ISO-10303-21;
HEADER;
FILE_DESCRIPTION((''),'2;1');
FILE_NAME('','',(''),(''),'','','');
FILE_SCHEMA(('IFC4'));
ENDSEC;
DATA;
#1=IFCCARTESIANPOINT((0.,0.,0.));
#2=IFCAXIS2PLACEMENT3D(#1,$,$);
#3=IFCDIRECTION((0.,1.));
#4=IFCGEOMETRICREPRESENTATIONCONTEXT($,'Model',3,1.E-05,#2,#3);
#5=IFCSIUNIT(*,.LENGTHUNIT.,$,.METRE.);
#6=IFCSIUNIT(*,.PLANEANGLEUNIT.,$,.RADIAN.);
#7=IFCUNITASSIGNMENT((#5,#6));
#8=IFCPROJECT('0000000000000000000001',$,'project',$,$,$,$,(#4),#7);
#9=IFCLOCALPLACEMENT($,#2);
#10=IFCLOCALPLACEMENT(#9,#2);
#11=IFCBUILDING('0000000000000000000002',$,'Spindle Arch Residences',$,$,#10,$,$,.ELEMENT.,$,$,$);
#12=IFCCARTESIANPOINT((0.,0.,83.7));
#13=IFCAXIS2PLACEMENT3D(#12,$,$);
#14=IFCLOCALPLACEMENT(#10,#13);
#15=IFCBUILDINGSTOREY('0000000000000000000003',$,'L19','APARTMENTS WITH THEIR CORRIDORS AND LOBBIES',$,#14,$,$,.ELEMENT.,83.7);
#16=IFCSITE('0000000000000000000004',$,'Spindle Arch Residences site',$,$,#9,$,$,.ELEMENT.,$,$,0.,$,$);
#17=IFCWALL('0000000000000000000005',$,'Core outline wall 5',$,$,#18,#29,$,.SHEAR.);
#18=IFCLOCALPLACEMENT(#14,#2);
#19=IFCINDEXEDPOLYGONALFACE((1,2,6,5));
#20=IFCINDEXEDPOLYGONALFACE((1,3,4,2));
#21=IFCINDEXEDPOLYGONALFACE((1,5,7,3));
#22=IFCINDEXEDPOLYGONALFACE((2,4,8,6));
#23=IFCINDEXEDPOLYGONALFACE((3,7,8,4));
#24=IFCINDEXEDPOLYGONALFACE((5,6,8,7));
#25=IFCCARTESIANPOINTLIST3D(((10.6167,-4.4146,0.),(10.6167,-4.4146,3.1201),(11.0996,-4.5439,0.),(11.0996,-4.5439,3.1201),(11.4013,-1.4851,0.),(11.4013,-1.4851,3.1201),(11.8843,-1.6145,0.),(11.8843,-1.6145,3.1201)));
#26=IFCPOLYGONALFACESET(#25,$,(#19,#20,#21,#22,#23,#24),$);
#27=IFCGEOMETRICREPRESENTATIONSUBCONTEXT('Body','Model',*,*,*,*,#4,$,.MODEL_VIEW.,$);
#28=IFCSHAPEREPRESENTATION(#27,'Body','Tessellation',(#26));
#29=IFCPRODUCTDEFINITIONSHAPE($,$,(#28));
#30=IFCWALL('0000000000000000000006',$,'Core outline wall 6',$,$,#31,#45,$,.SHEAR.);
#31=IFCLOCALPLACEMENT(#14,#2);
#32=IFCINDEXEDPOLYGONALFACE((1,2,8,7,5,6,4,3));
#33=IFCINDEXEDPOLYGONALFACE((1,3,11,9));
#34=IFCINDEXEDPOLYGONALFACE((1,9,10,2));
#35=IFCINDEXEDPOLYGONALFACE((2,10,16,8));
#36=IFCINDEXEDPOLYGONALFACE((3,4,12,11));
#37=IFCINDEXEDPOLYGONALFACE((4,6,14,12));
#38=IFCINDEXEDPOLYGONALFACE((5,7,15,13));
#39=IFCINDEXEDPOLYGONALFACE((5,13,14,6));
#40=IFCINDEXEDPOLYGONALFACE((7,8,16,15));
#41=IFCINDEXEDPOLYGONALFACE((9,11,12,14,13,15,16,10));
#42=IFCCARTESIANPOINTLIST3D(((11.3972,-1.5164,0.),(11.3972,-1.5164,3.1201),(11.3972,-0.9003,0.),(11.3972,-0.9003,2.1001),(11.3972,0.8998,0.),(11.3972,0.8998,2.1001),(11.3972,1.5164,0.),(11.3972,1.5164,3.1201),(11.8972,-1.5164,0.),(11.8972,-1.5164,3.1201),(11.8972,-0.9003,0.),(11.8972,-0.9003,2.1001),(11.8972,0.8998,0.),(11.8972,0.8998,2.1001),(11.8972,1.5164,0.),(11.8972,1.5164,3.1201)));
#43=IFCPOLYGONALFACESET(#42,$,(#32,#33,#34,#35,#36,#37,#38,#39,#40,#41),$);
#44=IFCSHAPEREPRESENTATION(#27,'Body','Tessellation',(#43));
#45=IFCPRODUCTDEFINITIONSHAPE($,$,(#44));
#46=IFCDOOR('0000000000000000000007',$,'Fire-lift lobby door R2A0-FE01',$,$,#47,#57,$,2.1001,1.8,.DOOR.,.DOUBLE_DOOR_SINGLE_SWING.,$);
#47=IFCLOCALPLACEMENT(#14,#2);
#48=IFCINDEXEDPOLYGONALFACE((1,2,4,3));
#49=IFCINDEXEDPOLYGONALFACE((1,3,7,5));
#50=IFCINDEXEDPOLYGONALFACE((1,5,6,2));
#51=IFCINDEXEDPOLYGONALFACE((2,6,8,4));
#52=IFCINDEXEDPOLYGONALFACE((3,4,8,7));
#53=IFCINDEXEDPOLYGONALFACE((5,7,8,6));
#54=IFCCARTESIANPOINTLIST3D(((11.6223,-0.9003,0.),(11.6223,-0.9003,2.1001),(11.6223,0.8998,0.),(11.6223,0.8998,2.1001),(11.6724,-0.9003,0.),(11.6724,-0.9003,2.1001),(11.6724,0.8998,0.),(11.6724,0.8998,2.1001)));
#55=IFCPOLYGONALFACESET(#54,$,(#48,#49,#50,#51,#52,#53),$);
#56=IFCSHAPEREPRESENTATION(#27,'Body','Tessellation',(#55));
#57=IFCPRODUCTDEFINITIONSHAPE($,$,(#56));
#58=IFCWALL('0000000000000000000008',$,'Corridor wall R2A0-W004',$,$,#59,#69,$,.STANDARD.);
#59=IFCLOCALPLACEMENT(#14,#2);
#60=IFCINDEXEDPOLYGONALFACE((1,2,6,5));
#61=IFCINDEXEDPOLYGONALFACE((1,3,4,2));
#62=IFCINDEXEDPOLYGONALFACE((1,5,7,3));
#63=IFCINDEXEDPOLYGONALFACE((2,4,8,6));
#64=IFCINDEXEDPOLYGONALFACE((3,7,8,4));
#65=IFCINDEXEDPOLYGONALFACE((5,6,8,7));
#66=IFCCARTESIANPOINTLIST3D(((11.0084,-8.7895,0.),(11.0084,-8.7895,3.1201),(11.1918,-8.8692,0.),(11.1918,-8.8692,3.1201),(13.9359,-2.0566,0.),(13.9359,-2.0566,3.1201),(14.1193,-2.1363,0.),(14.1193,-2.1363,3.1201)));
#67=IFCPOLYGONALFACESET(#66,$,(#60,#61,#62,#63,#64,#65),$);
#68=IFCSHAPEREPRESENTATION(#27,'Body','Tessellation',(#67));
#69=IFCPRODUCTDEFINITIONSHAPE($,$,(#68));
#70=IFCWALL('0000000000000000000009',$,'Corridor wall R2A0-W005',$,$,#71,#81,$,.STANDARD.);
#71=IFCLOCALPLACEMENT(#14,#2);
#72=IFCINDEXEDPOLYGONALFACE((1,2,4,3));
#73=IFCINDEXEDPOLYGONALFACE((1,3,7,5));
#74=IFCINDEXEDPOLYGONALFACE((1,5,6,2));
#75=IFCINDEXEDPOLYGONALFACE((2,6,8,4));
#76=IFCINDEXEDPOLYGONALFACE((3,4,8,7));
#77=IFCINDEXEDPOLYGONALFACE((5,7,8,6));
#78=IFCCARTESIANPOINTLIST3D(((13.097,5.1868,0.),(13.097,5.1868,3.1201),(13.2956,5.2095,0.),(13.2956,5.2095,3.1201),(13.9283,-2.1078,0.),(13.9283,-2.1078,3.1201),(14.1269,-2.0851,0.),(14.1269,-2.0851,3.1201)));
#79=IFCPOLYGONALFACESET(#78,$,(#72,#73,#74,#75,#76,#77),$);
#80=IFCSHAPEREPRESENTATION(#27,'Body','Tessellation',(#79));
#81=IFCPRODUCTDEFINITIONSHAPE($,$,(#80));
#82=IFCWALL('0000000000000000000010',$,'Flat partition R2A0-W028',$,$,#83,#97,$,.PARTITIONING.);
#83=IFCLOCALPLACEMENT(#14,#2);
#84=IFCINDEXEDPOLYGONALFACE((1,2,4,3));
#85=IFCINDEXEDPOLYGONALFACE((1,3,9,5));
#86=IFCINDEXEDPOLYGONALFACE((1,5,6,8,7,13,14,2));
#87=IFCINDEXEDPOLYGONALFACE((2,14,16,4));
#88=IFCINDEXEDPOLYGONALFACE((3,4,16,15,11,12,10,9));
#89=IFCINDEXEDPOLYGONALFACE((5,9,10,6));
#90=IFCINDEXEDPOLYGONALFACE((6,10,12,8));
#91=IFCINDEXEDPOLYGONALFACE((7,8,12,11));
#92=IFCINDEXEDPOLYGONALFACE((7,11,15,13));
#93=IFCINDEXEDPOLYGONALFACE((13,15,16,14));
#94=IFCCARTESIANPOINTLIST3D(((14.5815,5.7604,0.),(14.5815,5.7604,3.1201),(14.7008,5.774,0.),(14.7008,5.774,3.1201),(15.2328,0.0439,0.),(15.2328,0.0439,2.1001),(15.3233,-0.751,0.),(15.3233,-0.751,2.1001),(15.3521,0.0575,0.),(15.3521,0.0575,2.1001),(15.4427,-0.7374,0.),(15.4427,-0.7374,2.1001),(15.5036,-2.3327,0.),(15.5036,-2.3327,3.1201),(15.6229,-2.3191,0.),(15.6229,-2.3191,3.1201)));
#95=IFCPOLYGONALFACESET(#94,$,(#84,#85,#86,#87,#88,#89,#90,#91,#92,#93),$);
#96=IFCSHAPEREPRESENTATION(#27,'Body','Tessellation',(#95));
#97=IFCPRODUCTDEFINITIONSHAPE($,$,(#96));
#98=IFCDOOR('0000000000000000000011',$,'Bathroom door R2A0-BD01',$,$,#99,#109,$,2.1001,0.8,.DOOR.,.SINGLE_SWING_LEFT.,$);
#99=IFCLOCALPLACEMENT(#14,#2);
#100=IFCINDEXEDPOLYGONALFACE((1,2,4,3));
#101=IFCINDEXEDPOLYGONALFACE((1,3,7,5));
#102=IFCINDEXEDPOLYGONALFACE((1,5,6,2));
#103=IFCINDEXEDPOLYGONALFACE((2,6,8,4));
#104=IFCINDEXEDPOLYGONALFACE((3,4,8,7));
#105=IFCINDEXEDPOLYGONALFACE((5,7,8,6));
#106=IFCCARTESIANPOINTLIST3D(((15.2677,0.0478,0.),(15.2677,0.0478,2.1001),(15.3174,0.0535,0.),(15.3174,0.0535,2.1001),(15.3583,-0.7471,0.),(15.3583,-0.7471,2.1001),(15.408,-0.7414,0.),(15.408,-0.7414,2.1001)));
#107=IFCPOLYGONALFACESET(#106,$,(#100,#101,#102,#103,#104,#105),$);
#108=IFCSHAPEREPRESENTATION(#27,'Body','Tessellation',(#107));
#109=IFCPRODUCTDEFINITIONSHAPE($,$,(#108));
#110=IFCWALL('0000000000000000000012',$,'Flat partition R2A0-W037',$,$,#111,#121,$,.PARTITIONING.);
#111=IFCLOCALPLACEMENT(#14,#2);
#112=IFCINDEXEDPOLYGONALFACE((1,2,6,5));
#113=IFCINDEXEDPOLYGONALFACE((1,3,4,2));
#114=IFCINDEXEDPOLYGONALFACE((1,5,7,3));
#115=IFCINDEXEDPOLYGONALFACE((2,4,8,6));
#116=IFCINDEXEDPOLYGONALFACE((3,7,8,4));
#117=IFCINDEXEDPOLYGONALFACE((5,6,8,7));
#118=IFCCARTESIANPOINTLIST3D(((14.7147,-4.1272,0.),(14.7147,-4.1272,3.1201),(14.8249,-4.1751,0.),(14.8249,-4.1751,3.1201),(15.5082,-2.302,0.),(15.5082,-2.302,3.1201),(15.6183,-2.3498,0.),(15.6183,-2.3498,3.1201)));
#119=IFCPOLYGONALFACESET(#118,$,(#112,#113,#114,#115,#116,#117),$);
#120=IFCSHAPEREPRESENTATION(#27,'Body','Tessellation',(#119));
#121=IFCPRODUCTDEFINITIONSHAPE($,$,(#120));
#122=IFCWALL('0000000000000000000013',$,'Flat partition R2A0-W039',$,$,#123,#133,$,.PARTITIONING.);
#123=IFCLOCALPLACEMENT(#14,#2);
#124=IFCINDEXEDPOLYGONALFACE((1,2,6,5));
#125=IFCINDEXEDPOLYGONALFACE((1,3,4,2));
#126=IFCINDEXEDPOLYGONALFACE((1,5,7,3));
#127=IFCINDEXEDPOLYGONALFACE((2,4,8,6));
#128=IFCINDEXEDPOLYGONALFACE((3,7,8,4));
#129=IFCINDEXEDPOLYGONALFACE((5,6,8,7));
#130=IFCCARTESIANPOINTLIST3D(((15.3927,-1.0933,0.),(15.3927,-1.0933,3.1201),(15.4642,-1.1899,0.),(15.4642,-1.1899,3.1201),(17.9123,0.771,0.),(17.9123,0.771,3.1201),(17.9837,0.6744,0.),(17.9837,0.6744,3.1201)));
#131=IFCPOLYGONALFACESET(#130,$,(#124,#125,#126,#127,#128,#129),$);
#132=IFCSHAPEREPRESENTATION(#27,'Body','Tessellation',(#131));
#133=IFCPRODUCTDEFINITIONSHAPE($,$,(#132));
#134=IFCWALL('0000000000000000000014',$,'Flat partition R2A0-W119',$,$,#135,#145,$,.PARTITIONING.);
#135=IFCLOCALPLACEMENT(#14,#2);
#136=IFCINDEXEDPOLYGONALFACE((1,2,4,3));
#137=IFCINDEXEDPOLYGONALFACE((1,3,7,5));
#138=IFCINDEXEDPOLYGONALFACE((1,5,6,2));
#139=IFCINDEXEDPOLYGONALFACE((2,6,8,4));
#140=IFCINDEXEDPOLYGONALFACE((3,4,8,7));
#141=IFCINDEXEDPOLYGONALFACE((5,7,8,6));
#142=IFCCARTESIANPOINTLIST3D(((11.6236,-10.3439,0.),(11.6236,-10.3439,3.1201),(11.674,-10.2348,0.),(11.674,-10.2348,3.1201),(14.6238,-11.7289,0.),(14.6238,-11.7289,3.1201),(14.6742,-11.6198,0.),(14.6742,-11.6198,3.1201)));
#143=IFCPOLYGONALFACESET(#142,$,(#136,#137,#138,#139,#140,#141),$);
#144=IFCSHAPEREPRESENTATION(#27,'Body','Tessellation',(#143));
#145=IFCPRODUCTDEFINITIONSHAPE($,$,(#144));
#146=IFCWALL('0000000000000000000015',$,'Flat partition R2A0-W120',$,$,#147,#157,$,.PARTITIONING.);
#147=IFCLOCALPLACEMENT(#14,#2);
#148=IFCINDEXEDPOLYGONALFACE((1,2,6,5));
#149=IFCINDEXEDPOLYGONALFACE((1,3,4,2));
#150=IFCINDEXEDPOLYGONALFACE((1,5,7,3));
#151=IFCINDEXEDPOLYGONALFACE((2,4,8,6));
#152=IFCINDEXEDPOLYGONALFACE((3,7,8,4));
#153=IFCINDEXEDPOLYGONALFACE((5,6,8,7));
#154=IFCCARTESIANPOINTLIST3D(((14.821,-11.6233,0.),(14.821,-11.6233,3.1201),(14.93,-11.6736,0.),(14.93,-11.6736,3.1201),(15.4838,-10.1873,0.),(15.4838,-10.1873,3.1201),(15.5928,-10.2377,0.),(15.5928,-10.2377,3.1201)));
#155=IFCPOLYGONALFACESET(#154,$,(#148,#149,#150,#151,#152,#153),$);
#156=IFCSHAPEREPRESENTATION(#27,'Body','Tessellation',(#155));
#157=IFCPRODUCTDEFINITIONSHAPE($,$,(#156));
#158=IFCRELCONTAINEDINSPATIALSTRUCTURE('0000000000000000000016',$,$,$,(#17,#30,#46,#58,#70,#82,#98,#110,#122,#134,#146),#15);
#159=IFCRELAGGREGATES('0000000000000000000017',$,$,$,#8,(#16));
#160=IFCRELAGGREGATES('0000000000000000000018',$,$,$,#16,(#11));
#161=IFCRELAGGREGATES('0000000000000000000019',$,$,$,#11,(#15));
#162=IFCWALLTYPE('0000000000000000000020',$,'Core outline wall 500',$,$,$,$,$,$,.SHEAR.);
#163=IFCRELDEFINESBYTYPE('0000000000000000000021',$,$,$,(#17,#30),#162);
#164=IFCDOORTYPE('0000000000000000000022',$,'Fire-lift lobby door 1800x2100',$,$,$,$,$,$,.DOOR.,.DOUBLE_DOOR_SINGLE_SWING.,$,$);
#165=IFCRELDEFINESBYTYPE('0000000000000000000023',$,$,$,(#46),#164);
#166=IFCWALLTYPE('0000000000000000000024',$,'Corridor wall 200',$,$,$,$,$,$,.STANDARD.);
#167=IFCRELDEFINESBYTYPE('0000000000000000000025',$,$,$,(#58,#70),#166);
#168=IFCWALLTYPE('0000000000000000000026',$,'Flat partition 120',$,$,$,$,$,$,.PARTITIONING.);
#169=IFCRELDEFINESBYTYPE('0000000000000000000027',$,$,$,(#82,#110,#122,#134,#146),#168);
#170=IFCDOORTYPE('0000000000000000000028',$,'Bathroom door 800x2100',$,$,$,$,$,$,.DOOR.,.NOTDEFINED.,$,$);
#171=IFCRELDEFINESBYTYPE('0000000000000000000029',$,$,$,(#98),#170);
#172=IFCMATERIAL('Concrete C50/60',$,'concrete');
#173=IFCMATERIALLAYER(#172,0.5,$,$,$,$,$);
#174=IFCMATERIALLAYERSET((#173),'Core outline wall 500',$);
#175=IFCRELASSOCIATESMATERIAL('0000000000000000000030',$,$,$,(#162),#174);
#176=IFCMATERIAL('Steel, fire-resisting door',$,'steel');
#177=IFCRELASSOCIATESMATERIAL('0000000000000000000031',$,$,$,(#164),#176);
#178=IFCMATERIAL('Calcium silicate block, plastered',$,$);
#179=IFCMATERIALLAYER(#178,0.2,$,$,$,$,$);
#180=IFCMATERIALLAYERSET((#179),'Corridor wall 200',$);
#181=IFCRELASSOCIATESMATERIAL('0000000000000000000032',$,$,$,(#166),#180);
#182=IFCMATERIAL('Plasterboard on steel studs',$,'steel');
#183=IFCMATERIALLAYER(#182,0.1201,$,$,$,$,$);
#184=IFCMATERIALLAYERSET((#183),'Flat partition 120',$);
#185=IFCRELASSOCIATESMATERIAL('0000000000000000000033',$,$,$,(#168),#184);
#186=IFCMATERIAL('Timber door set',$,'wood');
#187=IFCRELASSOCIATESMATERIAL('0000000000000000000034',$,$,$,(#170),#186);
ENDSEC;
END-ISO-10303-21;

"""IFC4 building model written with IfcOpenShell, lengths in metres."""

from ifc_helpers import new_model, si_unit, direction, frame, frame_2d, origin, place, context, subcontext, project, spatial, rectangle, extrude, material, layer, layer_set, type_object, element, fill, save


model = new_model("IFC4")

# Units and contexts
model_context = context("Model", 3, precision=1e-05, world=origin(), true_north=direction((0.0, 1.0)))
body_context = subcontext(model_context, "Body", "Model", "MODEL_VIEW")
ifc_project = project(units=[si_unit("LENGTHUNIT", "METRE"), si_unit("PLANEANGLEUNIT", "RADIAN")], contexts=[model_context])

# Site, building, storey
site_placement = place(None, origin())
site = spatial("IfcSite", under=ifc_project, at=site_placement, Name="Spindle Arch Residences site", CompositionType="ELEMENT", RefElevation=0.0)
building_placement = place(site_placement, origin())
building = spatial("IfcBuilding", under=site, at=building_placement, Name="Spindle Arch Residences", CompositionType="ELEMENT")
storey_placement = place(building_placement, frame((0.0, 0.0, 83.7)))
storey = spatial("IfcBuildingStorey", under=building, at=storey_placement, Name="L19", Description="APARTMENTS WITH THEIR CORRIDORS AND LOBBIES", CompositionType="ELEMENT", Elevation=83.7)

# Wall
ifc_material_1 = material(Name="Concrete C50/60", Category="concrete")
ifc_layer_1 = layer(ifc_material_1, 0.5)
ifc_layer_set_1 = layer_set([ifc_layer_1], Name="Core outline wall 500")
wall_type_1 = type_object("IfcWallType", Name="Core outline wall 500", PredefinedType="SHEAR", material=ifc_layer_set_1)
wall_1_placement = place(storey_placement, frame((10.8582, -4.4792, 0.0), z_axis=(0.0, 0.0, 1.0), x_axis=(0.258735, 0.965948, 0.0)))
element("IfcWall", 1, at=wall_1_placement, inside=storey, type_object=wall_type_1, Name="Core outline wall 5", PredefinedType="SHEAR", context=body_context, shape_type="SweptSolid", body=[
    extrude(rectangle(XDim=3.0327, YDim=0.5, at=frame_2d((1.5164, 0.0))), origin(), (0.0, 0.0, 1.0), 3.1201),
])

# Wall, opening, door
wall_2_placement = place(storey_placement, frame((11.6472, -1.5164, 0.0), z_axis=(0.0, 0.0, 1.0), x_axis=(0.0, 1.0, 0.0)))
wall_2 = element("IfcWall", 2, at=wall_2_placement, inside=storey, type_object=wall_type_1, Name="Core outline wall 6", PredefinedType="SHEAR", context=body_context, shape_type="SweptSolid", body=[
    extrude(rectangle(XDim=3.0327, YDim=0.5, at=frame_2d((1.5164, 0.0))), origin(), (0.0, 0.0, 1.0), 3.1201),
])
opening_1_placement = place(wall_2_placement, frame((0.6162, 0.0, 0.0)))
opening_1 = element("IfcOpeningElement", 3, at=opening_1_placement, cuts=wall_2, PredefinedType="OPENING", context=body_context, shape_type="SweptSolid", body=[
    extrude(rectangle(XDim=1.8, YDim=2.1001, at=frame_2d((0.8999, 1.05))), frame((0.0, 0.26, 0.0), z_axis=(0.0, -1.0, 0.0), x_axis=(1.0, 0.0, 0.0)), (0.0, 0.0, 1.0), 0.52),
])
ifc_material_2 = material(Name="Steel, fire-resisting door", Category="steel")
door_type_1 = type_object("IfcDoorType", Name="Fire-lift lobby door 1800x2100", OperationType="DOUBLE_DOOR_SINGLE_SWING", PredefinedType="DOOR", material=ifc_material_2)
door_1_placement = place(opening_1_placement, origin())
door_1 = element("IfcDoor", 4, at=door_1_placement, inside=storey, type_object=door_type_1, Name="Fire-lift lobby door R2A0-FE01", OperationType="DOUBLE_DOOR_SINGLE_SWING", OverallHeight=2.1001, OverallWidth=1.8, PredefinedType="DOOR", context=body_context, shape_type="SweptSolid", body=[
    extrude(rectangle(XDim=1.8, YDim=2.1001, at=frame_2d((0.8999, 1.05))), frame((0.0, 0.0249, 0.0), z_axis=(0.0, -1.0, 0.0), x_axis=(1.0, 0.0, 0.0)), (0.0, 0.0, 1.0), 0.05),
])
fill(opening_1, door_1)

# Walls
ifc_material_3 = material(Name="Calcium silicate block, plastered")
ifc_layer_2 = layer(ifc_material_3, 0.2)
ifc_layer_set_2 = layer_set([ifc_layer_2], Name="Corridor wall 200")
wall_type_2 = type_object("IfcWallType", Name="Corridor wall 200", PredefinedType="STANDARD", material=ifc_layer_set_2)
for number, where, z_axis, x_axis, name in (
    (5, (11.1001, -8.8293, 0.0), (0.0, 0.0, 1.0), (0.398742, 0.917063, 0.0), "Corridor wall R2A0-W004"),
    (6, (14.0276, -2.0964, 0.0), (0.0, 0.0, 1.0), (-0.113227, 0.993569, 0.0), "Corridor wall R2A0-W005"),
):
    element("IfcWall", number, at=place(storey_placement, frame(where, z_axis=z_axis, x_axis=x_axis)), inside=storey, type_object=wall_type_2, Name=name, PredefinedType="STANDARD", context=body_context, shape_type="SweptSolid", body=[
        extrude(rectangle(XDim=7.3418, YDim=0.2, at=frame_2d((3.6709, 0.0))), origin(), (0.0, 0.0, 1.0), 3.1201),
    ])

# Wall, opening, door
ifc_material_4 = material(Name="Plasterboard on steel studs", Category="steel")
ifc_layer_3 = layer(ifc_material_4, 0.1201)
ifc_layer_set_3 = layer_set([ifc_layer_3], Name="Flat partition 120")
wall_type_3 = type_object("IfcWallType", Name="Flat partition 120", PredefinedType="PARTITIONING", material=ifc_layer_set_3)
wall_3_placement = place(storey_placement, frame((15.5632, -2.3259, 0.0), z_axis=(0.0, 0.0, 1.0), x_axis=(-0.113204, 0.993572, 0.0)))
wall_3 = element("IfcWall", 7, at=wall_3_placement, inside=storey, type_object=wall_type_3, Name="Flat partition R2A0-W028", PredefinedType="PARTITIONING", context=body_context, shape_type="SweptSolid", body=[
    extrude(rectangle(XDim=8.1455, YDim=0.1201, at=frame_2d((4.0728, 0.0))), origin(), (0.0, 0.0, 1.0), 3.1201),
])
opening_2_placement = place(wall_3_placement, frame((1.592, 0.0, 0.0)))
opening_2 = element("IfcOpeningElement", 8, at=opening_2_placement, cuts=wall_3, PredefinedType="OPENING", context=body_context, shape_type="SweptSolid", body=[
    extrude(rectangle(XDim=0.8, YDim=2.1001, at=frame_2d((0.3999, 1.05))), frame((0.0, 0.0701, 0.0), z_axis=(0.0, -1.0, 0.0), x_axis=(1.0, 0.0, 0.0)), (0.0, 0.0, 1.0), 0.1401),
])
ifc_material_5 = material(Name="Timber door set", Category="wood")
door_type_2 = type_object("IfcDoorType", Name="Bathroom door 800x2100", OperationType="NOTDEFINED", PredefinedType="DOOR", material=ifc_material_5)
door_2_placement = place(opening_2_placement, origin())
door_2 = element("IfcDoor", 9, at=door_2_placement, inside=storey, type_object=door_type_2, Name="Bathroom door R2A0-BD01", OperationType="SINGLE_SWING_LEFT", OverallHeight=2.1001, OverallWidth=0.8, PredefinedType="DOOR", context=body_context, shape_type="SweptSolid", body=[
    extrude(rectangle(XDim=0.8, YDim=2.1001, at=frame_2d((0.3999, 1.05))), frame((0.0, 0.0249, 0.0), z_axis=(0.0, -1.0, 0.0), x_axis=(1.0, 0.0, 0.0)), (0.0, 0.0, 1.0), 0.05),
])
fill(opening_2, door_2)

# Walls
wall_4_placement = place(storey_placement, frame((14.7698, -4.1511, 0.0), z_axis=(0.0, 0.0, 1.0), x_axis=(0.398681, 0.91709, 0.0)))
element("IfcWall", 10, at=wall_4_placement, inside=storey, type_object=wall_type_3, Name="Flat partition R2A0-W037", PredefinedType="PARTITIONING", context=body_context, shape_type="SweptSolid", body=[
    extrude(rectangle(XDim=1.9902, YDim=0.1201, at=frame_2d((0.9951, 0.0))), origin(), (0.0, 0.0, 1.0), 3.1201),
])
wall_5_placement = place(storey_placement, frame((15.4285, -1.1416, 0.0), z_axis=(0.0, 0.0, 1.0), x_axis=(0.803872, 0.594803, 0.0)))
element("IfcWall", 11, at=wall_5_placement, inside=storey, type_object=wall_type_3, Name="Flat partition R2A0-W039", PredefinedType="PARTITIONING", context=body_context, shape_type="SweptSolid", body=[
    extrude(rectangle(XDim=3.1343, YDim=0.1201, at=frame_2d((1.5671, 0.0))), origin(), (0.0, 0.0, 1.0), 3.1201),
])
wall_6_placement = place(storey_placement, frame((11.6487, -10.2893, 0.0), z_axis=(0.0, 0.0, 1.0), x_axis=(0.907927, -0.419128, 0.0)))
element("IfcWall", 12, at=wall_6_placement, inside=storey, type_object=wall_type_3, Name="Flat partition R2A0-W119", PredefinedType="PARTITIONING", context=body_context, shape_type="SweptSolid", body=[
    extrude(rectangle(XDim=3.3044, YDim=0.1201, at=frame_2d((1.6523, 0.0))), origin(), (0.0, 0.0, 1.0), 3.1201),
])
wall_7_placement = place(storey_placement, frame((14.8755, -11.6484, 0.0), z_axis=(0.0, 0.0, 1.0), x_axis=(0.419088, 0.907946, 0.0)))
element("IfcWall", 13, at=wall_7_placement, inside=storey, type_object=wall_type_3, Name="Flat partition R2A0-W120", PredefinedType="PARTITIONING", context=body_context, shape_type="SweptSolid", body=[
    extrude(rectangle(XDim=1.5815, YDim=0.1201, at=frame_2d((0.7908, 0.0))), origin(), (0.0, 0.0, 1.0), 3.1201),
])

save(model, "model.ifc")
